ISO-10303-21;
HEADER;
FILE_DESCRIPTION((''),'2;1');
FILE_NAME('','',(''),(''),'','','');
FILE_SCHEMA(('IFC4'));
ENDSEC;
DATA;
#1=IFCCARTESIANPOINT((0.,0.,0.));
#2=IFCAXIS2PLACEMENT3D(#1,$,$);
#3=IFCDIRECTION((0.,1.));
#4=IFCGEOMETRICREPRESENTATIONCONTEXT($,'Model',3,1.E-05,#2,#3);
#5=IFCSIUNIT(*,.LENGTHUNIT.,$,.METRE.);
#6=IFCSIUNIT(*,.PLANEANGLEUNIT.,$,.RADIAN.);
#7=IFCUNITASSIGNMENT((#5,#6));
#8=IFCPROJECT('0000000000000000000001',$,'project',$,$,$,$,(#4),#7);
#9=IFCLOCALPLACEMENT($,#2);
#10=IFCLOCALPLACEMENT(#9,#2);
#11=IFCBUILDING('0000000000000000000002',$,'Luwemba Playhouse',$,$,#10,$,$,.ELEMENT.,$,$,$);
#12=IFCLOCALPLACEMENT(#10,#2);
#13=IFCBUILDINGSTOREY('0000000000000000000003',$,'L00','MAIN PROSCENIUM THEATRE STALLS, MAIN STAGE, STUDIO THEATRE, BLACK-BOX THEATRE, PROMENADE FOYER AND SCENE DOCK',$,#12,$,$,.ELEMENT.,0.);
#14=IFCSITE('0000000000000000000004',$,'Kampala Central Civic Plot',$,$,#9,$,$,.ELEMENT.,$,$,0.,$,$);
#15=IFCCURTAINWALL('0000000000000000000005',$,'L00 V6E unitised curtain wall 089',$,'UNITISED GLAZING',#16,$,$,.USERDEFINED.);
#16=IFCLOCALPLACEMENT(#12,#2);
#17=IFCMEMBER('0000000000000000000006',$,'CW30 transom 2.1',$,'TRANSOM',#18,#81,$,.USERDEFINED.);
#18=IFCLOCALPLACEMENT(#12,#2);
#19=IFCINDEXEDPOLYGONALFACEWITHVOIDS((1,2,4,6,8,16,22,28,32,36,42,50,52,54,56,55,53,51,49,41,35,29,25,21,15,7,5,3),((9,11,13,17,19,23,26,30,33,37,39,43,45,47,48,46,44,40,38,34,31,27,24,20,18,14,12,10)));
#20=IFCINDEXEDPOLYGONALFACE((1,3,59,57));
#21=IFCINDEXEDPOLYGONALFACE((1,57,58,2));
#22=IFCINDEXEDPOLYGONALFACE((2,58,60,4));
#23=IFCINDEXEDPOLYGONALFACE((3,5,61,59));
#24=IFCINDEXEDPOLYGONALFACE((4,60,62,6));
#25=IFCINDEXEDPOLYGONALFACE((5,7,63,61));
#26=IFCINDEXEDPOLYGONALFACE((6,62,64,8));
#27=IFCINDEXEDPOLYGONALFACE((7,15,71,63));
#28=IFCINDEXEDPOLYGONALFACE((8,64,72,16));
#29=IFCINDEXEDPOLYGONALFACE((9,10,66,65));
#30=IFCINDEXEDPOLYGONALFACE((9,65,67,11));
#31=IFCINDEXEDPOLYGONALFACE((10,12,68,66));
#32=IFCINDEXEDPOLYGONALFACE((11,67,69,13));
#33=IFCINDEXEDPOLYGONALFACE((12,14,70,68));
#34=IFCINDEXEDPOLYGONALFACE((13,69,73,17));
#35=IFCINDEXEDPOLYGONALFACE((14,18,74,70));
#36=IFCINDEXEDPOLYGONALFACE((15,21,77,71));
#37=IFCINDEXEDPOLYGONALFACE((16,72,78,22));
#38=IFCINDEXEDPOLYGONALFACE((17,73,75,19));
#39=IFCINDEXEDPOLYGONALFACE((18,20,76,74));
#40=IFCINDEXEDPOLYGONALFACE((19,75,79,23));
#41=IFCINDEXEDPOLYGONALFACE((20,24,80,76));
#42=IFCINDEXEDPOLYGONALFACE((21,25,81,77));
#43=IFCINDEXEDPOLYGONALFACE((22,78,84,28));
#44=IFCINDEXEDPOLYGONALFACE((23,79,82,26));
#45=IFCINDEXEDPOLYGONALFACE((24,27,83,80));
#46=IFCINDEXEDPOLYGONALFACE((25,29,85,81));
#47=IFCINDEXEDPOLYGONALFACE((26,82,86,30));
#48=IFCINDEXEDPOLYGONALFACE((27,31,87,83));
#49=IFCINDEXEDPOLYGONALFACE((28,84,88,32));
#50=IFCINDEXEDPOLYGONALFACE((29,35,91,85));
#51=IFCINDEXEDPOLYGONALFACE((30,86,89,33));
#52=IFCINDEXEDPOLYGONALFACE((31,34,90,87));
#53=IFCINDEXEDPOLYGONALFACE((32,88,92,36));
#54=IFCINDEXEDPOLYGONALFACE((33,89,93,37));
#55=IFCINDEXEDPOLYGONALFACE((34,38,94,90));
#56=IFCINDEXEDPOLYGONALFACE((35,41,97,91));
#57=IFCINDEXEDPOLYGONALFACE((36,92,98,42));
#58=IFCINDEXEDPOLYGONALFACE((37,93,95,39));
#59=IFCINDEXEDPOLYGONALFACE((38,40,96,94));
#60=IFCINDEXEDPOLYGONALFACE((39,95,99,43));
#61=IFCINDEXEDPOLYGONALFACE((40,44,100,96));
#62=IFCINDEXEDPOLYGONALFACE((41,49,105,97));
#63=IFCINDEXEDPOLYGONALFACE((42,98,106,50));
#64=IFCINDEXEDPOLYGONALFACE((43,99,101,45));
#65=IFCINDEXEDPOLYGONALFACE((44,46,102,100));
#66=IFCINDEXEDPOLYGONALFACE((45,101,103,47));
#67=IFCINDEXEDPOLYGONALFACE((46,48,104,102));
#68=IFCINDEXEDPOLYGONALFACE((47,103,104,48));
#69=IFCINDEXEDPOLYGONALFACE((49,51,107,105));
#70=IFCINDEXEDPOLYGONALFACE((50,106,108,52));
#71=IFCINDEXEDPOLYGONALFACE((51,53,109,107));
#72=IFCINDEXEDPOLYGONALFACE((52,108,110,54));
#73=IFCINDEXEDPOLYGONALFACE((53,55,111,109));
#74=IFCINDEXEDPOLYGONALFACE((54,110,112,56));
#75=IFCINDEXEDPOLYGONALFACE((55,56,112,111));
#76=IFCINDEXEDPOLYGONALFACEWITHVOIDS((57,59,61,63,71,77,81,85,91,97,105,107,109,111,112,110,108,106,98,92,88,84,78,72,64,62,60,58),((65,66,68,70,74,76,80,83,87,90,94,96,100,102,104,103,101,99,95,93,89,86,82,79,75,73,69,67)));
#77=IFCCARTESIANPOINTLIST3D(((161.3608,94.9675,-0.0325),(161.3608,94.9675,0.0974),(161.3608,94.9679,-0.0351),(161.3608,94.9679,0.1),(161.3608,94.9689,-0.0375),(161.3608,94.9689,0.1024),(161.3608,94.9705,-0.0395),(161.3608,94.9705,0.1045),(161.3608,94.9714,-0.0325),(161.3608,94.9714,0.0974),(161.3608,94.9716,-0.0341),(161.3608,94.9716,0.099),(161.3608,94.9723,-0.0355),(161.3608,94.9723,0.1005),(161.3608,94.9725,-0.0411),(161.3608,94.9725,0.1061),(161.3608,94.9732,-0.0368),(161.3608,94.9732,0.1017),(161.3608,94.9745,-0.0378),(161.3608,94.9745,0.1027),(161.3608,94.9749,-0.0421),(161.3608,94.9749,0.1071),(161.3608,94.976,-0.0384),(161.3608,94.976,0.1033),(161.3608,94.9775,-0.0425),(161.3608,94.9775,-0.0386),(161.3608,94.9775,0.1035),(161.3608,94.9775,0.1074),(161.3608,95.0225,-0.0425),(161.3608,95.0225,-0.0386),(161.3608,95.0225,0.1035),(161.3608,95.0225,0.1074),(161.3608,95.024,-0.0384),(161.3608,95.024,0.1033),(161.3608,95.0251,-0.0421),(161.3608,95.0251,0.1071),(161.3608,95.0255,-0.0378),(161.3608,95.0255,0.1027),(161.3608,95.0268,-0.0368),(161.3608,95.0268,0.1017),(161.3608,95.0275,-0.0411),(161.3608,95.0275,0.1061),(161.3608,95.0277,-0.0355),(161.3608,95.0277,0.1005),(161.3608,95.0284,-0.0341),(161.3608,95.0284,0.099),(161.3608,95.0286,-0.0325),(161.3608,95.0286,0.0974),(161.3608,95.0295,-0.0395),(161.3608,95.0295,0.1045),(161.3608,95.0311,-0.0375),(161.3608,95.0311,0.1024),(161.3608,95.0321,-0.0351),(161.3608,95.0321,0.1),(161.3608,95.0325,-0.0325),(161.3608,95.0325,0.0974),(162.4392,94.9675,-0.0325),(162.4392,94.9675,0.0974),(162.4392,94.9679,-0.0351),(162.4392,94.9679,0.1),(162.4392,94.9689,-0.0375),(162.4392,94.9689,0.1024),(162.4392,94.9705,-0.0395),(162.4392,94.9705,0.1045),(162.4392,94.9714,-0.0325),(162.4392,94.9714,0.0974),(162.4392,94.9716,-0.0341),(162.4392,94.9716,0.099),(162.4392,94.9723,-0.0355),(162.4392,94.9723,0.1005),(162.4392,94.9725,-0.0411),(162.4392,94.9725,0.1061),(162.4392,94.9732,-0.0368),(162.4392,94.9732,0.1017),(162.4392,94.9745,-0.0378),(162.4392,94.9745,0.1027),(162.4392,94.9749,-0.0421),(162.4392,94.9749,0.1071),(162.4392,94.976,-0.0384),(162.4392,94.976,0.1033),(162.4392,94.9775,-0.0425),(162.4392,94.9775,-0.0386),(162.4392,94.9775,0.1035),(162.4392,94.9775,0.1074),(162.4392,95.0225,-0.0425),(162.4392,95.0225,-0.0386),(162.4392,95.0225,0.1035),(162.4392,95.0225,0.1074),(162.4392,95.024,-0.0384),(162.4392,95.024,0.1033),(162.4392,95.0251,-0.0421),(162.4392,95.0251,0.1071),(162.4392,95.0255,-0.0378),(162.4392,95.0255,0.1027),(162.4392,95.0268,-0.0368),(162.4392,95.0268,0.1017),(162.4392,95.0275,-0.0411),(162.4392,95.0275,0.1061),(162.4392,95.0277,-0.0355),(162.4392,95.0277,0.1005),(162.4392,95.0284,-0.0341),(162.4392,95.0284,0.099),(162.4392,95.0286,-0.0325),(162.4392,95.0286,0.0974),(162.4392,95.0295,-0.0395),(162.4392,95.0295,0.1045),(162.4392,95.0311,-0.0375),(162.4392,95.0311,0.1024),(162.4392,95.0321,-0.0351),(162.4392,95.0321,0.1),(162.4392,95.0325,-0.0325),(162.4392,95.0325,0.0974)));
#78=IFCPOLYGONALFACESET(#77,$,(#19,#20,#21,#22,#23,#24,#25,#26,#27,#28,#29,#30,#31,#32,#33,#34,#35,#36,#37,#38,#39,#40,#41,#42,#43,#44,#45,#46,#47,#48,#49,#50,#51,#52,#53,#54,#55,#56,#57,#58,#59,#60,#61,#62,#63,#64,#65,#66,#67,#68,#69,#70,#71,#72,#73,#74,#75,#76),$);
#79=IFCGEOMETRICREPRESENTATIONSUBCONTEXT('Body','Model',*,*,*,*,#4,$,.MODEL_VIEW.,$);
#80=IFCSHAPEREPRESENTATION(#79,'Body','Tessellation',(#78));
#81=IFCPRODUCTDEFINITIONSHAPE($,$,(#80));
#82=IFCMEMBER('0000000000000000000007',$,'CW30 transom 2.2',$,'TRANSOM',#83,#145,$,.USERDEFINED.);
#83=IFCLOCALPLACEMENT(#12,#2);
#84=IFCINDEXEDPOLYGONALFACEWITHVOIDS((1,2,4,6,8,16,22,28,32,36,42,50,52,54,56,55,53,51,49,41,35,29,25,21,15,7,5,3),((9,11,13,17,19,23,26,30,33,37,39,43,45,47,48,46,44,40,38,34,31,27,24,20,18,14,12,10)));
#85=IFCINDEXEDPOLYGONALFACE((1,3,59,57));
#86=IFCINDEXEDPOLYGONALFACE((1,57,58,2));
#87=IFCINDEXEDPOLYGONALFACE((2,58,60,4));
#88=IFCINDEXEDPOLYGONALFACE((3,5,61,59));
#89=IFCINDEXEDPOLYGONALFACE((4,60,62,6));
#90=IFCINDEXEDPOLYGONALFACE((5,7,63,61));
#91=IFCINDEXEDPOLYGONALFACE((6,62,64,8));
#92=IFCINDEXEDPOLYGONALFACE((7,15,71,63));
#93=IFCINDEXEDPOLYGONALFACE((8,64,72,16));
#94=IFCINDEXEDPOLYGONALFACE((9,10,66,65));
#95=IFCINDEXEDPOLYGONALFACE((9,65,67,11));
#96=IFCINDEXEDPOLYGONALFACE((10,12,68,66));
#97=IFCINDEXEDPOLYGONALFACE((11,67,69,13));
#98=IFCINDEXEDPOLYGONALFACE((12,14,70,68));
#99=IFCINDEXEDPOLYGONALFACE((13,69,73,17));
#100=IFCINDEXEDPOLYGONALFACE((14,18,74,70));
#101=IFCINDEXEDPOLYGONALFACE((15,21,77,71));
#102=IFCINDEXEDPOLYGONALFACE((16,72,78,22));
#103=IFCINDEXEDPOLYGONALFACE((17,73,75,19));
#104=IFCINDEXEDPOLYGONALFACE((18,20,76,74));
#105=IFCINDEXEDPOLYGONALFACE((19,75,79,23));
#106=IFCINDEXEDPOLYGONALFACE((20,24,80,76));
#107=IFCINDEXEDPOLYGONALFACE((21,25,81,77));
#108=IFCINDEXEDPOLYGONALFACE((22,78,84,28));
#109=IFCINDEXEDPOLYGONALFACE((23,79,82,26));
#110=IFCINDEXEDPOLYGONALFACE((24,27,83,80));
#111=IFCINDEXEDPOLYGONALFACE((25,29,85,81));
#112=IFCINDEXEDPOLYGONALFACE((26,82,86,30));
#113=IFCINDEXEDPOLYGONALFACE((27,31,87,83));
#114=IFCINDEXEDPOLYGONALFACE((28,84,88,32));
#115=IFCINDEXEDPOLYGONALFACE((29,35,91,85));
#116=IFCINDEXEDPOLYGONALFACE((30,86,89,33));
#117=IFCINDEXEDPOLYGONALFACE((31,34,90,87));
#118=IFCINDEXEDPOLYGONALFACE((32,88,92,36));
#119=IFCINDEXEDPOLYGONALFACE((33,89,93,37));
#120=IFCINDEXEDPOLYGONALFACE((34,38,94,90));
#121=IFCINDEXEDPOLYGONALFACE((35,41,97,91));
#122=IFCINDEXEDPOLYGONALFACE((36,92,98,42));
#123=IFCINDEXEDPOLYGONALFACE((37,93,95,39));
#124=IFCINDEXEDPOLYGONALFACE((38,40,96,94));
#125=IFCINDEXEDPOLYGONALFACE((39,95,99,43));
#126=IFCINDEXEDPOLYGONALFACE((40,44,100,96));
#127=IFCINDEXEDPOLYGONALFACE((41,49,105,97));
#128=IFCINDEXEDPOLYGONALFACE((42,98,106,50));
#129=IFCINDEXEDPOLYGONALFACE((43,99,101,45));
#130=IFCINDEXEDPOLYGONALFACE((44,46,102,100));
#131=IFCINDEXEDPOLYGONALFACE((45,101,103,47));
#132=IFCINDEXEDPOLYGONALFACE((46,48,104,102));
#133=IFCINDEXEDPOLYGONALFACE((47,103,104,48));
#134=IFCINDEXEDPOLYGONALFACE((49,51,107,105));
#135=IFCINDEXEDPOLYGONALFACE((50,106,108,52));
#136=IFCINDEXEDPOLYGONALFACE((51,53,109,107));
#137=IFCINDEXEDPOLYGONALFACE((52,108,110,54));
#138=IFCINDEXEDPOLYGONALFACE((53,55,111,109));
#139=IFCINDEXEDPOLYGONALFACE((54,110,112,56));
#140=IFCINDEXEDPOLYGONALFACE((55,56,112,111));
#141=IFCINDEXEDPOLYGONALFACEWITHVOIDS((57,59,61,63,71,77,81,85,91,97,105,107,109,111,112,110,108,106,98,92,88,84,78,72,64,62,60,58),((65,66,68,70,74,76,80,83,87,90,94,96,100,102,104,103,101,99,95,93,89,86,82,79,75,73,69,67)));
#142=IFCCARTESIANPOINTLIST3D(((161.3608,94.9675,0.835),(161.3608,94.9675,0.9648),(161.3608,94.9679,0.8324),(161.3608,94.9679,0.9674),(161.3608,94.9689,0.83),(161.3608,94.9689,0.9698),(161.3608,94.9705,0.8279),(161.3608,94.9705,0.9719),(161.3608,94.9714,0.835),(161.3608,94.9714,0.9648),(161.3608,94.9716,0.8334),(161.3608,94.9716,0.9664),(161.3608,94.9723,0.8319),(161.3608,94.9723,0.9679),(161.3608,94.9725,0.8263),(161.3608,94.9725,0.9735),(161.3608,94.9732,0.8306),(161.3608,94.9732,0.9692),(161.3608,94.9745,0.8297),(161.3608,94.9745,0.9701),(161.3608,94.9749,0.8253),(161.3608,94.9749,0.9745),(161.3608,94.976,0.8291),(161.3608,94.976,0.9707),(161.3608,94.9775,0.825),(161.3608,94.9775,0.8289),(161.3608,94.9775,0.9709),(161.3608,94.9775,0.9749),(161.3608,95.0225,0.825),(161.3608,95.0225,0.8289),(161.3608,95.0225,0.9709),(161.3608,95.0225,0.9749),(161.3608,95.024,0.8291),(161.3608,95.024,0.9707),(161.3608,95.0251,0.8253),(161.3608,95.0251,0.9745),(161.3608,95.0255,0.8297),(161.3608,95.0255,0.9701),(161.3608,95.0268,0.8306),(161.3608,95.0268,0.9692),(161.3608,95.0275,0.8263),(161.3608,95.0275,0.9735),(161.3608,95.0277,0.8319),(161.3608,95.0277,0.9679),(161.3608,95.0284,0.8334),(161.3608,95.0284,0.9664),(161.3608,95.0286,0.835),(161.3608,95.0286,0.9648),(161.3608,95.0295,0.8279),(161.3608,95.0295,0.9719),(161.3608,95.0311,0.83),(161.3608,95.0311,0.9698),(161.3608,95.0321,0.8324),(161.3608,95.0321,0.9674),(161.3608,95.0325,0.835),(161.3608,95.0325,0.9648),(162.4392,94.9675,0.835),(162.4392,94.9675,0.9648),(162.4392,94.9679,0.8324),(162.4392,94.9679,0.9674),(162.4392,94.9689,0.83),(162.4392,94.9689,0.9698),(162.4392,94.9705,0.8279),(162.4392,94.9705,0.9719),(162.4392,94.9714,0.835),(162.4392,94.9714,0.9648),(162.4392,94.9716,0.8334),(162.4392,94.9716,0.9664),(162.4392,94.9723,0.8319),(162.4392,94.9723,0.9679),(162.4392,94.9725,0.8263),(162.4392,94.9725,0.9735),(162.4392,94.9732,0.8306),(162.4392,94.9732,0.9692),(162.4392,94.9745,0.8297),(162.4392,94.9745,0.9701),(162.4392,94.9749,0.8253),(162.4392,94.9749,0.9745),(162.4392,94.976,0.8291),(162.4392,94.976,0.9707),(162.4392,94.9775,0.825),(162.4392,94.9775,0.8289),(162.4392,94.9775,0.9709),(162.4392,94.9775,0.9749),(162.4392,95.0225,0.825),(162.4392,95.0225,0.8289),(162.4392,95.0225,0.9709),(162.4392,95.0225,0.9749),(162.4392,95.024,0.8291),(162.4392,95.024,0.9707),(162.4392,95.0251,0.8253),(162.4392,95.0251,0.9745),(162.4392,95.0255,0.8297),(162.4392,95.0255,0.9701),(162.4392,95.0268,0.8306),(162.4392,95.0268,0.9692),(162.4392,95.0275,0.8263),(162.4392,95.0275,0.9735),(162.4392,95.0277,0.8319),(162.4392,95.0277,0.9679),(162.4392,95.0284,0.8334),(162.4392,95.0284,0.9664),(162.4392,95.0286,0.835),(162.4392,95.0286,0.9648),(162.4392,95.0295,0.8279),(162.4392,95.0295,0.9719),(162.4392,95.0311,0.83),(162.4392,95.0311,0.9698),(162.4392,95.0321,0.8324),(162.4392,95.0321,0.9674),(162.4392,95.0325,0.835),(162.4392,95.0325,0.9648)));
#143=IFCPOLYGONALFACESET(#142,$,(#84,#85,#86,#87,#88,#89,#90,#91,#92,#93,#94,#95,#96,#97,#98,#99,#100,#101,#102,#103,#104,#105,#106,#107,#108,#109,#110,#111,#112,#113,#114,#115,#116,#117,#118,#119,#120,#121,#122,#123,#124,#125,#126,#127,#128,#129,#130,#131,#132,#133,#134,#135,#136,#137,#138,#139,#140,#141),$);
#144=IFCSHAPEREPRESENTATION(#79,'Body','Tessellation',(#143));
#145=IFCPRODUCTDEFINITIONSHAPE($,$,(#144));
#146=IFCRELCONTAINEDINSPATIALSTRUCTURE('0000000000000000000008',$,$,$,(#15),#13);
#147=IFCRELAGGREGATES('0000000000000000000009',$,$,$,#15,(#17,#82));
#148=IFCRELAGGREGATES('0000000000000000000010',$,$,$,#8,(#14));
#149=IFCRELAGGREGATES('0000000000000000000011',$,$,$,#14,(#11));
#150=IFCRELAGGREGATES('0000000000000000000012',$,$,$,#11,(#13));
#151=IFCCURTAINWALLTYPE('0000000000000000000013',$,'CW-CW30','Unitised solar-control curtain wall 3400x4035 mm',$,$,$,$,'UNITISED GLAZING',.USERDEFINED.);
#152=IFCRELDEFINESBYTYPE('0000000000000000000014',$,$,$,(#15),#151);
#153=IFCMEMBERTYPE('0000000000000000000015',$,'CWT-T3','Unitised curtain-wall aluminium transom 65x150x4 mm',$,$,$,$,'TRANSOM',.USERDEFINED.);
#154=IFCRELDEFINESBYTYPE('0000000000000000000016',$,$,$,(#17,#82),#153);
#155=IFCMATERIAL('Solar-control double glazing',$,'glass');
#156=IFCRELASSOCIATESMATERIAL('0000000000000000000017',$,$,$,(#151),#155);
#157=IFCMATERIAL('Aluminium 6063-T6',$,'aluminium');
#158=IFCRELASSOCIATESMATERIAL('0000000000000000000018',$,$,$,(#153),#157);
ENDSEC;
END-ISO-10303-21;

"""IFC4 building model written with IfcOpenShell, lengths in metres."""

from ifc_helpers import new_model, si_unit, direction, frame, origin, origin_2d, place, context, subcontext, project, spatial, hollow_rectangle, extrude, material, material_profile, profile_set, type_object, element, aggregate, save


model = new_model("IFC4")

# Units and contexts
model_context = context("Model", 3, precision=1e-05, world=origin(), true_north=direction((0.0, 1.0)))
body_context = subcontext(model_context, "Body", "Model", "MODEL_VIEW")
ifc_project = project(units=[si_unit("LENGTHUNIT", "METRE"), si_unit("PLANEANGLEUNIT", "RADIAN")], contexts=[model_context])

# Site, building, storey
site_placement = place(None, origin())
site = spatial("IfcSite", under=ifc_project, at=site_placement, Name="Kampala Central Civic Plot", CompositionType="ELEMENT", RefElevation=0.0)
building_placement = place(site_placement, origin())
building = spatial("IfcBuilding", under=site, at=building_placement, Name="Luwemba Playhouse", CompositionType="ELEMENT")
storey_placement = place(building_placement, origin())
storey = spatial("IfcBuildingStorey", under=building, at=storey_placement, Name="L00", Description="MAIN PROSCENIUM THEATRE STALLS, MAIN STAGE, STUDIO THEATRE, BLACK-BOX THEATRE, PROMENADE FOYER AND SCENE DOCK", CompositionType="ELEMENT", Elevation=0.0)

# Curtain wall, members
ifc_material_1 = material(Name="Solar-control double glazing", Category="glass")
curtain_wall_type = type_object("IfcCurtainWallType", Name="CW-CW30", Description="Unitised solar-control curtain wall 3400x4035 mm", ElementType="UNITISED GLAZING", PredefinedType="USERDEFINED", material=ifc_material_1)
curtain_wall_placement = place(storey_placement, origin())
curtain_wall = element("IfcCurtainWall", 1, at=curtain_wall_placement, inside=storey, type_object=curtain_wall_type, Name="L00 V6E unitised curtain wall 089", ObjectType="UNITISED GLAZING", PredefinedType="USERDEFINED")
ifc_material_2 = material(Name="Aluminium 6063-T6", Category="aluminium")
ifc_material_profile_1 = material_profile(ifc_material_2, hollow_rectangle(XDim=0.0649, YDim=0.1499, WallThickness=0.0039, InnerFilletRadius=0.0061, OuterFilletRadius=0.01, at=origin_2d()))
ifc_profile_set_1 = profile_set([ifc_material_profile_1], Name="Aluminium 6063-T6")
member_type_1 = type_object("IfcMemberType", Name="CWT-T3", Description="Unitised curtain-wall aluminium transom 65x150x4 mm", ElementType="TRANSOM", PredefinedType="USERDEFINED", material=ifc_profile_set_1)
member_1_placement = place(storey_placement, frame((162.4392, 95.0, 0.0325), z_axis=(-1.0, 0.0, 0.0), x_axis=(0.0, -1.0, 0.0)))
member_1 = element("IfcMember", 2, at=member_1_placement, type_object=member_type_1, Name="CW30 transom 2.1", ObjectType="TRANSOM", PredefinedType="USERDEFINED", context=body_context, shape_type="SweptSolid", body=[
    extrude(hollow_rectangle(XDim=0.0649, YDim=0.1499, WallThickness=0.0039, InnerFilletRadius=0.0061, OuterFilletRadius=0.01, at=origin_2d()), origin(), (0.0, 0.0, 1.0), 1.0784),
])
member_2_placement = place(storey_placement, frame((162.4392, 95.0, 0.8999), z_axis=(-1.0, 0.0, 0.0), x_axis=(0.0, -1.0, 0.0)))
member_2 = element("IfcMember", 3, at=member_2_placement, type_object=member_type_1, Name="CW30 transom 2.2", ObjectType="TRANSOM", PredefinedType="USERDEFINED", context=body_context, shape_type="SweptSolid", body=[
    extrude(hollow_rectangle(XDim=0.0649, YDim=0.1499, WallThickness=0.0039, InnerFilletRadius=0.0061, OuterFilletRadius=0.01, at=origin_2d()), origin(), (0.0, 0.0, 1.0), 1.0784),
])
aggregate(curtain_wall, [member_1, member_2])

save(model, "model.ifc")
